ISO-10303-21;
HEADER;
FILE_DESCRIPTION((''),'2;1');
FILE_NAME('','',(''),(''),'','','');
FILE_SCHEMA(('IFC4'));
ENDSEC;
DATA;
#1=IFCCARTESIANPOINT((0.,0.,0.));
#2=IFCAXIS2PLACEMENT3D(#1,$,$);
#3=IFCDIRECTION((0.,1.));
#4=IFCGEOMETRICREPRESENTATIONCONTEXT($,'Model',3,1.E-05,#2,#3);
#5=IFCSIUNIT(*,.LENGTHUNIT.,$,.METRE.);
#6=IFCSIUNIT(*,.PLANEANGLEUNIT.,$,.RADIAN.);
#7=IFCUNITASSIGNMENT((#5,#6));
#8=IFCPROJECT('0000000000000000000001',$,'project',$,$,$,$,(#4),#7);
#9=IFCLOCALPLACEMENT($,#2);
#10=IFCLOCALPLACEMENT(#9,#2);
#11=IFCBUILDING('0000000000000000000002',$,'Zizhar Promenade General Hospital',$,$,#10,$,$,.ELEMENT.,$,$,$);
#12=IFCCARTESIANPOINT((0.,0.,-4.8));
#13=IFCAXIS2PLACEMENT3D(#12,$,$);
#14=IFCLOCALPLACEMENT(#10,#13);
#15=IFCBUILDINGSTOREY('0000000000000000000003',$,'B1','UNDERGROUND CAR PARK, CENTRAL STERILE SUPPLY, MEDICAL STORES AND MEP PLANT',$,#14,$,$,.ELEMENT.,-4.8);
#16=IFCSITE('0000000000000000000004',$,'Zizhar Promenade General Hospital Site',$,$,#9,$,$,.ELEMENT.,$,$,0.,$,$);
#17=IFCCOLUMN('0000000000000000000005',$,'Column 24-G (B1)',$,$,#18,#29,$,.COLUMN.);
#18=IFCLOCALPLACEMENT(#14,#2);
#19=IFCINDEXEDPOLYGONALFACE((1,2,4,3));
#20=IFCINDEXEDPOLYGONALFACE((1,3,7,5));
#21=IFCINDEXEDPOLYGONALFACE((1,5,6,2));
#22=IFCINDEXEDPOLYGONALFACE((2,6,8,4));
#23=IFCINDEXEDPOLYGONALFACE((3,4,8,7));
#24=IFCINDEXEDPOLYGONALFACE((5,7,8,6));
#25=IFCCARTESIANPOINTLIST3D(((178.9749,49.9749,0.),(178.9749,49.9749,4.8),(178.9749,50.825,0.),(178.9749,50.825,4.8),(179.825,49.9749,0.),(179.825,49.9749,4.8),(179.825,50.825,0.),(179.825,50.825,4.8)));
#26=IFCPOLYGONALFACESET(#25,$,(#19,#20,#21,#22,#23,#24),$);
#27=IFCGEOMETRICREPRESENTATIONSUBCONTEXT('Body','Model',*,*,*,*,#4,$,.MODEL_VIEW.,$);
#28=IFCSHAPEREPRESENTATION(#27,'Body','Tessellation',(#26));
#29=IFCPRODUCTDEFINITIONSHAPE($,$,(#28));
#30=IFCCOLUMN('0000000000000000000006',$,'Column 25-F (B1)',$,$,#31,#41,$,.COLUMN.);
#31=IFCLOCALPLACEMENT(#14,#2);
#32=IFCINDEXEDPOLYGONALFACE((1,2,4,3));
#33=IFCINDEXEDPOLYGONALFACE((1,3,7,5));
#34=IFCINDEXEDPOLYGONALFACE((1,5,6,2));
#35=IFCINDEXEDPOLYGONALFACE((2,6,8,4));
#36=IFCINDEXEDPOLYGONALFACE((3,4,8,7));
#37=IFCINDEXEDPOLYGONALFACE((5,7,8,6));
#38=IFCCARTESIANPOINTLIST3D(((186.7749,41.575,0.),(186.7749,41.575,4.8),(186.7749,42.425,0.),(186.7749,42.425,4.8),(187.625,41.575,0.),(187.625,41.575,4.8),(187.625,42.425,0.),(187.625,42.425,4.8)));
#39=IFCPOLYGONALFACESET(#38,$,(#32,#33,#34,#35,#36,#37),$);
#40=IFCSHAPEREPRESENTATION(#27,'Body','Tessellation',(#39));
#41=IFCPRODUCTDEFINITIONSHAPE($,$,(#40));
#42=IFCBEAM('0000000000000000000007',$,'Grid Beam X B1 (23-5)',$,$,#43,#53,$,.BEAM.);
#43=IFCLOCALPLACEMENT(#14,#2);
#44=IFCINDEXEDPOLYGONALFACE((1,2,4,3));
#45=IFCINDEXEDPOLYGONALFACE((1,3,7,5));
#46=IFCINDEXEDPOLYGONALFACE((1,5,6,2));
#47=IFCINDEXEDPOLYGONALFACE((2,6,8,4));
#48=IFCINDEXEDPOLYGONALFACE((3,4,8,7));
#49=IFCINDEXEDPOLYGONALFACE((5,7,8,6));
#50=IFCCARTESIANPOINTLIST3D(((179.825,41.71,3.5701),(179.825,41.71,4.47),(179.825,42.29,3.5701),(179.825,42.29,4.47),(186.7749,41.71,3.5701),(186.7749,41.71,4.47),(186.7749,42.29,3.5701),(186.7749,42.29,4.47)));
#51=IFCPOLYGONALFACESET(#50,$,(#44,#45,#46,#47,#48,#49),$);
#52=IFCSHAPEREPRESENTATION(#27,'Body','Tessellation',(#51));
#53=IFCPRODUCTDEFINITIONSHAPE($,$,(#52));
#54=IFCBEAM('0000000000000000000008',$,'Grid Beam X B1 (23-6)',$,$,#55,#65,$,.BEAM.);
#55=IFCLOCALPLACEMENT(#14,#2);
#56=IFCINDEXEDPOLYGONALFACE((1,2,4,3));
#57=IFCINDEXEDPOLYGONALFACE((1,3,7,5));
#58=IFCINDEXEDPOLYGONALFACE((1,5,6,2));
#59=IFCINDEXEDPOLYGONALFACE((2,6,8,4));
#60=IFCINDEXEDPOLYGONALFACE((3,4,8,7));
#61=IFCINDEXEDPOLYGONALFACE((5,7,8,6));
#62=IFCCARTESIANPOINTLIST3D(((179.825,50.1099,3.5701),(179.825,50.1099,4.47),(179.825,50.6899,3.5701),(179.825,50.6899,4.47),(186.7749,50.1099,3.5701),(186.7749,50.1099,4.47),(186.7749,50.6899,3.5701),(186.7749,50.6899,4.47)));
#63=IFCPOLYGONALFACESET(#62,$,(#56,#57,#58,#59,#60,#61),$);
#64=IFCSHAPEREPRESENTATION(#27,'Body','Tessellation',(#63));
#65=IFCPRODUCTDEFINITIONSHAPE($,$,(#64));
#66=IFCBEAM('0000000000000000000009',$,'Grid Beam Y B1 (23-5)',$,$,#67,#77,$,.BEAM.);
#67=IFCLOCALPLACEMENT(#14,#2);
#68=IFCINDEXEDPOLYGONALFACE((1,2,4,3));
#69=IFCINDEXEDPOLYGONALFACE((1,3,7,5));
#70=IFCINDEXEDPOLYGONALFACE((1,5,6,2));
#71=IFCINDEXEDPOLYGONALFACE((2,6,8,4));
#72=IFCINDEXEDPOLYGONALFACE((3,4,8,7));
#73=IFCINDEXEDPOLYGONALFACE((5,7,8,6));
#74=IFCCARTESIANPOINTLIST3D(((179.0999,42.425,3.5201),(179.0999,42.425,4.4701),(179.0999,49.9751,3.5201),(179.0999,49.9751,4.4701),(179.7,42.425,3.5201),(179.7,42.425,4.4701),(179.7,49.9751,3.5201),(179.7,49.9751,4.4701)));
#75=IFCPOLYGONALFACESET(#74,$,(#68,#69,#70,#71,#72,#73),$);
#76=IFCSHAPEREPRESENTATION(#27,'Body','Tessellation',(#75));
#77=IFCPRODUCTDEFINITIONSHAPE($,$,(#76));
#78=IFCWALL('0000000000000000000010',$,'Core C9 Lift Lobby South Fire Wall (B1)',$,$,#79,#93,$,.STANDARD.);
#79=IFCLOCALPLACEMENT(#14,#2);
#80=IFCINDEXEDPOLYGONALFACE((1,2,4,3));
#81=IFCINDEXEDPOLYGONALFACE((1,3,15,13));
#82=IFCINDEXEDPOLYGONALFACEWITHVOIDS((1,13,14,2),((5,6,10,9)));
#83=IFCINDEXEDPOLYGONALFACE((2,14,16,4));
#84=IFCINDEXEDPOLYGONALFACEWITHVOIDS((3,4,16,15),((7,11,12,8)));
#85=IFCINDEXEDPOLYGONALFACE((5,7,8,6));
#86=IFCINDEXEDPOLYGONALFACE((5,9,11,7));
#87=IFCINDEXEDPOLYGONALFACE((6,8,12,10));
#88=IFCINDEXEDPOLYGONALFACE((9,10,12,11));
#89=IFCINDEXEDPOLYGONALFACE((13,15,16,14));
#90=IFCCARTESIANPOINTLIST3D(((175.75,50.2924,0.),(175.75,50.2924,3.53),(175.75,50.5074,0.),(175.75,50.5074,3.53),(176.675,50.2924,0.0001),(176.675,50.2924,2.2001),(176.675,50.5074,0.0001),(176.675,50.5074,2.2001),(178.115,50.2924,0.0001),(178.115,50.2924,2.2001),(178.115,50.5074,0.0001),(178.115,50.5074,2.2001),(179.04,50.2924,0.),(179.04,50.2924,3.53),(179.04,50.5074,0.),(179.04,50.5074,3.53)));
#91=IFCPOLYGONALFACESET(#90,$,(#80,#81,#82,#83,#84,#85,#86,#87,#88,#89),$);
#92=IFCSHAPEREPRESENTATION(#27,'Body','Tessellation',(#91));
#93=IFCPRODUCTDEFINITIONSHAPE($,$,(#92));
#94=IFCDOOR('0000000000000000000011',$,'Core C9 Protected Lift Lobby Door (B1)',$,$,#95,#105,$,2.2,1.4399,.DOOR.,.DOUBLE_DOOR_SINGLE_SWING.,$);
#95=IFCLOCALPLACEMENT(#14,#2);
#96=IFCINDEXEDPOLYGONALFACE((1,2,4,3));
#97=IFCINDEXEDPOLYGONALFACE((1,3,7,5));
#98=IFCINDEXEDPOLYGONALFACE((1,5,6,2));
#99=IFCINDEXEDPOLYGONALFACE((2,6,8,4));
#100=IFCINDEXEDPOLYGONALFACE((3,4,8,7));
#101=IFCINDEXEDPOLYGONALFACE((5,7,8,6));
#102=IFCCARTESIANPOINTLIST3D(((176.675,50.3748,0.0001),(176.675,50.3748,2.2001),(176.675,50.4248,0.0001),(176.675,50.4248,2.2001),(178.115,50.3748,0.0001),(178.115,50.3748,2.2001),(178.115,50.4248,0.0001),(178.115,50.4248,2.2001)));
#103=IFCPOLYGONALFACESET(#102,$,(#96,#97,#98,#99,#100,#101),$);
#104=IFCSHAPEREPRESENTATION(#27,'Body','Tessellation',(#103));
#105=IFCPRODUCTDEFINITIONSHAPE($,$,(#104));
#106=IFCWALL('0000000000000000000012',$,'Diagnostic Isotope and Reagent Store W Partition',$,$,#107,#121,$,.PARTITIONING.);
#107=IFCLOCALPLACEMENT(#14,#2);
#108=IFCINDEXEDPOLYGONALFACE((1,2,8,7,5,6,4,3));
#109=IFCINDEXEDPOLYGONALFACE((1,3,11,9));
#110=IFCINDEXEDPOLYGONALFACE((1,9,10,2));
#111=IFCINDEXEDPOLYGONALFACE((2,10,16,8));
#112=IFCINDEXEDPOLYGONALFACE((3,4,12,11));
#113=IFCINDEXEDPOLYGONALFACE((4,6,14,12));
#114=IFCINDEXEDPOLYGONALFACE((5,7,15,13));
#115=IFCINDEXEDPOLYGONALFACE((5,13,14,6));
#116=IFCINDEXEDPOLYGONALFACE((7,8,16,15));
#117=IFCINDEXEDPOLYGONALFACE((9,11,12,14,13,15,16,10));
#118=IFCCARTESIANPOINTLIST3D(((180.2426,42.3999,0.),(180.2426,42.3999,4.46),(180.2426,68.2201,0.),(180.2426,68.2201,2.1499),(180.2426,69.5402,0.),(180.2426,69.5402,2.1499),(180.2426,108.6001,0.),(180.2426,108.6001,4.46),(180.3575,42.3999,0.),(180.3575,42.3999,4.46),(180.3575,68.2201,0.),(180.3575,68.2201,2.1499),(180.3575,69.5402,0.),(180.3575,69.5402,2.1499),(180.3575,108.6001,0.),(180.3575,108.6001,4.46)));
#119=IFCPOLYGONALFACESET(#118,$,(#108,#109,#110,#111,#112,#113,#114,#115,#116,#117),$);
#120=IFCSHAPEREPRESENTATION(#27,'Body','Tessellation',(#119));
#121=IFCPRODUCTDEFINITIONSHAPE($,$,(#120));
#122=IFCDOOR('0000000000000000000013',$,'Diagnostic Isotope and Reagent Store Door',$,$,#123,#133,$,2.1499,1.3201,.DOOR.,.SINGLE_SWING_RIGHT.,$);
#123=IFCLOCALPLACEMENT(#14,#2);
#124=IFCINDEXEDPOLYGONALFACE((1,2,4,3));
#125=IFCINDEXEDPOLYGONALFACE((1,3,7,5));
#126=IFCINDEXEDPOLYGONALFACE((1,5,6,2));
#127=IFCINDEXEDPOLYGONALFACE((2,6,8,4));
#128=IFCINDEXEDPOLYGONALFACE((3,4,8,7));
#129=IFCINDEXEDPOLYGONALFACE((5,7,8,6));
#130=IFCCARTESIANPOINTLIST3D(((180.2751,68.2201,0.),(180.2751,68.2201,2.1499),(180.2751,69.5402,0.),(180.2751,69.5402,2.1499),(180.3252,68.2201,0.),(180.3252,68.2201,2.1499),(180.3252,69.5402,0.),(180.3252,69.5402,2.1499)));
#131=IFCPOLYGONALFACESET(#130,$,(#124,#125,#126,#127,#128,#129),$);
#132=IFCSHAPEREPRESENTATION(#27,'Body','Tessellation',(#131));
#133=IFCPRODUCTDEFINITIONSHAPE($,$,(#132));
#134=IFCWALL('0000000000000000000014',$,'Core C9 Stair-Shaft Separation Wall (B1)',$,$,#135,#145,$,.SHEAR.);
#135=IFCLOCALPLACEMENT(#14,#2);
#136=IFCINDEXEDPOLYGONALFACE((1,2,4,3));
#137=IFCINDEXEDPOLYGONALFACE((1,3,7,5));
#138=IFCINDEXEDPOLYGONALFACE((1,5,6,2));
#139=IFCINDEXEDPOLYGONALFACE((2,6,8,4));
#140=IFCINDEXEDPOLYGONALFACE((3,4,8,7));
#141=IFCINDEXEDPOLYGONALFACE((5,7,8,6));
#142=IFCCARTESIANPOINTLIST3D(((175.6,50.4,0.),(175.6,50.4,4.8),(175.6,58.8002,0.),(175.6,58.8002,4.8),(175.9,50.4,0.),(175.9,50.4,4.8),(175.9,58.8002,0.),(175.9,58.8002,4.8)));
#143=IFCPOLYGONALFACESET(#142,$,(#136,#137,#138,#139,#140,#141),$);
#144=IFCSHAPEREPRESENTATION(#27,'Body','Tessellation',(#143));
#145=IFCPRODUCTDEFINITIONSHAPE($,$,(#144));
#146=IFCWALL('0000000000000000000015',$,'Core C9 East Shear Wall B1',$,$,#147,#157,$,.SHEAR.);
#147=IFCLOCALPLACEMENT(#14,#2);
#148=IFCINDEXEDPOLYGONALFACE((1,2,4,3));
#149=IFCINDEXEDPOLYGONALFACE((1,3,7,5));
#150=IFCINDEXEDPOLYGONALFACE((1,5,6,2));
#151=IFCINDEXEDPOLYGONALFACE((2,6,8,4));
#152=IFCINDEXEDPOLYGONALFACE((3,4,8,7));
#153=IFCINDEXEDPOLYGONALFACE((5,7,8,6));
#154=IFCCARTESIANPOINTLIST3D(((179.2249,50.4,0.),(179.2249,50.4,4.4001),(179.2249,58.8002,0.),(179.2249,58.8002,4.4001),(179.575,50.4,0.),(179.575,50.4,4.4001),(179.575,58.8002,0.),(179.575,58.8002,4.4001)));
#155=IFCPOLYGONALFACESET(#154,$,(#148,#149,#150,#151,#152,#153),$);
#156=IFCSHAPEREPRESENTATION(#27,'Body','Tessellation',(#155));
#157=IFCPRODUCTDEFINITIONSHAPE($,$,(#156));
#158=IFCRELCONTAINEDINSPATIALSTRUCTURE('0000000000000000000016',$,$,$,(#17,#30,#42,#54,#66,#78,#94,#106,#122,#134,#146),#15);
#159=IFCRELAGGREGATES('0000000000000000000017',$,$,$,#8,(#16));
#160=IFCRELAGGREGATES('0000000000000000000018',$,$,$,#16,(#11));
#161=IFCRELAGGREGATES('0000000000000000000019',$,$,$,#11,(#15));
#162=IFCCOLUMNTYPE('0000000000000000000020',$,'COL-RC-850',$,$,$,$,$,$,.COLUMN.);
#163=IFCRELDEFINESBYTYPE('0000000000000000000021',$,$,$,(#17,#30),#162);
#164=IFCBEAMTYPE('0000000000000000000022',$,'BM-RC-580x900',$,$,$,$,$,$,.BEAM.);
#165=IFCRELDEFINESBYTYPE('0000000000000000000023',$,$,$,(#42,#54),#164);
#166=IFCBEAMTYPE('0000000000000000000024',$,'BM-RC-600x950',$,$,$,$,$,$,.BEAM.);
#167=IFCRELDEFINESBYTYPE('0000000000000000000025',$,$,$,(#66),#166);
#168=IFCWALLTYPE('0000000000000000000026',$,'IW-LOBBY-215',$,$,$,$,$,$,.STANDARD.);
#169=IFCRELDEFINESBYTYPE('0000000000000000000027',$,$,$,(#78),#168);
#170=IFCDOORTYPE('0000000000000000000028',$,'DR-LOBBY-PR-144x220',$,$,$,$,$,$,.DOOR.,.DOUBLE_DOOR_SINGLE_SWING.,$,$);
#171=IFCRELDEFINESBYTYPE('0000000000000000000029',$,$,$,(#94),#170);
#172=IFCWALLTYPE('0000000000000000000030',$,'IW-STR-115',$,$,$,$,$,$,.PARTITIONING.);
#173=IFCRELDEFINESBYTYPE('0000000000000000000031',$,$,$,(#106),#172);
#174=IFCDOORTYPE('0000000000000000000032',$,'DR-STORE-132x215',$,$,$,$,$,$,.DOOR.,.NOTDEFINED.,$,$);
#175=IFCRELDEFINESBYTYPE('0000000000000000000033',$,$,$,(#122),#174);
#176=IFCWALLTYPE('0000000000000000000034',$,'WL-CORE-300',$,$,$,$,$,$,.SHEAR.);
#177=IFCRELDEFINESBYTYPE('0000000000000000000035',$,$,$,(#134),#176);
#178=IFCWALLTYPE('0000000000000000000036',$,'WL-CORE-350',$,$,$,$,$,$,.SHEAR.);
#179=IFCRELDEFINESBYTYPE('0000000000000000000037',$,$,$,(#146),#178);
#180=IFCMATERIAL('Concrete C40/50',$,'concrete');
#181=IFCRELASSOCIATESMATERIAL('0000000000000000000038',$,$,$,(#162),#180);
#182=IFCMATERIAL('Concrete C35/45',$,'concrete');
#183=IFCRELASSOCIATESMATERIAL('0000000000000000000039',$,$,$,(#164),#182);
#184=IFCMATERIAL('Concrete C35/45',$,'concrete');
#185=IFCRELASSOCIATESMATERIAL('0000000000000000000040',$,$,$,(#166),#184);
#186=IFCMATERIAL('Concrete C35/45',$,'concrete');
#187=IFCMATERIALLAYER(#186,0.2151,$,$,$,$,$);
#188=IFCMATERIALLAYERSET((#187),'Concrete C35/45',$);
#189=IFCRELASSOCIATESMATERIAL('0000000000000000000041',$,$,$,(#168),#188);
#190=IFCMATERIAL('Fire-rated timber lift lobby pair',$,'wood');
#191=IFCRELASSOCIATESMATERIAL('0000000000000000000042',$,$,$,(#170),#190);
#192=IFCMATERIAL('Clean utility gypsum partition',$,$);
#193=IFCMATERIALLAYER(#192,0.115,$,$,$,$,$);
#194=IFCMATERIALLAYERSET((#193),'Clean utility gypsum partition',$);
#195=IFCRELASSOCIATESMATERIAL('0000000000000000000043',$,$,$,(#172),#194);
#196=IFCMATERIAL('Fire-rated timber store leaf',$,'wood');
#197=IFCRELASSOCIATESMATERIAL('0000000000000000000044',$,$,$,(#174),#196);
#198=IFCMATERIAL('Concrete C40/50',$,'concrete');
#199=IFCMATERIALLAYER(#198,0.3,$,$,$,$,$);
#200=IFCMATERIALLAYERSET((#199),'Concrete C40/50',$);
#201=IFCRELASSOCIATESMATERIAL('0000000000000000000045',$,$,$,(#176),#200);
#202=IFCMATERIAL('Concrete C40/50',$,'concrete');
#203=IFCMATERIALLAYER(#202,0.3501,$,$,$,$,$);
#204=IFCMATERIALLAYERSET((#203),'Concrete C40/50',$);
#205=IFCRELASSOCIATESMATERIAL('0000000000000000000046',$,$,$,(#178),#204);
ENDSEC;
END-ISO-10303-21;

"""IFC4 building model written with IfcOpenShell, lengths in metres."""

from ifc_helpers import new_model, si_unit, direction, frame, frame_2d, origin, origin_2d, place, context, subcontext, project, spatial, rectangle, extrude, material, layer, layer_set, material_profile, profile_set, type_object, element, fill, save


model = new_model("IFC4")

# Units and contexts
model_context = context("Model", 3, precision=1e-05, world=origin(), true_north=direction((0.0, 1.0)))
body_context = subcontext(model_context, "Body", "Model", "MODEL_VIEW")
ifc_project = project(units=[si_unit("LENGTHUNIT", "METRE"), si_unit("PLANEANGLEUNIT", "RADIAN")], contexts=[model_context])

# Site, building, storey
site_placement = place(None, origin())
site = spatial("IfcSite", under=ifc_project, at=site_placement, Name="Zizhar Promenade General Hospital Site", CompositionType="ELEMENT", RefElevation=0.0)
building_placement = place(site_placement, origin())
building = spatial("IfcBuilding", under=site, at=building_placement, Name="Zizhar Promenade General Hospital", CompositionType="ELEMENT")
storey_placement = place(building_placement, frame((0.0, 0.0, -4.8)))
storey = spatial("IfcBuildingStorey", under=building, at=storey_placement, Name="B1", Description="UNDERGROUND CAR PARK, CENTRAL STERILE SUPPLY, MEDICAL STORES AND MEP PLANT", CompositionType="ELEMENT", Elevation=-4.8)

# Columns
ifc_material_1 = material(Name="Concrete C40/50", Category="concrete")
ifc_material_profile_1 = material_profile(ifc_material_1, rectangle(XDim=0.8501, YDim=0.8501, at=origin_2d()))
ifc_profile_set_1 = profile_set([ifc_material_profile_1], Name="Concrete C40/50")
column_type = type_object("IfcColumnType", Name="COL-RC-850", PredefinedType="COLUMN", material=ifc_profile_set_1)
for number, where, z_axis, x_axis, name in (
    (1, (179.3999, 50.3999, 0.0), (0.0, 0.0, 1.0), (1.0, 0.0, 0.0), "Column 24-G (B1)"),
    (2, (187.2, 42.0, 0.0), (0.0, 0.0, 1.0), (1.0, 0.0, 0.0), "Column 25-F (B1)"),
):
    element("IfcColumn", number, at=place(storey_placement, frame(where, z_axis=z_axis, x_axis=x_axis)), inside=storey, type_object=column_type, Name=name, PredefinedType="COLUMN", context=body_context, shape_type="SweptSolid", body=[
        extrude(rectangle(XDim=0.8501, YDim=0.8501, at=origin_2d()), origin(), (0.0, 0.0, 1.0), 4.8),
    ])

# Beams
ifc_material_2 = material(Name="Concrete C35/45", Category="concrete")
ifc_material_profile_2 = material_profile(ifc_material_2, rectangle(XDim=0.5801, YDim=0.8999, at=origin_2d()))
ifc_profile_set_2 = profile_set([ifc_material_profile_2], Name="Concrete C35/45")
beam_type_1 = type_object("IfcBeamType", Name="BM-RC-580x900", PredefinedType="BEAM", material=ifc_profile_set_2)
for number, where, z_axis, x_axis, name in (
    (3, (179.825, 42.0, 4.02), (1.0, 0.0, 0.0), (0.0, 1.0, 0.0), "Grid Beam X B1 (23-5)"),
    (4, (179.825, 50.3999, 4.02), (1.0, 0.0, 0.0), (0.0, 1.0, 0.0), "Grid Beam X B1 (23-6)"),
):
    element("IfcBeam", number, at=place(storey_placement, frame(where, z_axis=z_axis, x_axis=x_axis)), inside=storey, type_object=beam_type_1, Name=name, PredefinedType="BEAM", context=body_context, shape_type="SweptSolid", body=[
        extrude(rectangle(XDim=0.5801, YDim=0.8999, at=origin_2d()), origin(), (0.0, 0.0, 1.0), 6.95),
    ])
ifc_material_3 = material(Name="Concrete C35/45", Category="concrete")
ifc_material_profile_3 = material_profile(ifc_material_3, rectangle(XDim=0.6001, YDim=0.95, at=origin_2d()))
ifc_profile_set_3 = profile_set([ifc_material_profile_3], Name="Concrete C35/45")
beam_type_2 = type_object("IfcBeamType", Name="BM-RC-600x950", PredefinedType="BEAM", material=ifc_profile_set_3)
beam_placement = place(storey_placement, frame((179.3999, 42.425, 3.9951), z_axis=(0.0, 1.0, 0.0), x_axis=(-1.0, 0.0, 0.0)))
element("IfcBeam", 5, at=beam_placement, inside=storey, type_object=beam_type_2, Name="Grid Beam Y B1 (23-5)", PredefinedType="BEAM", context=body_context, shape_type="SweptSolid", body=[
    extrude(rectangle(XDim=0.6001, YDim=0.95, at=origin_2d()), origin(), (0.0, 0.0, 1.0), 7.55),
])

# Walls, openings, doors
ifc_material_4 = material(Name="Concrete C35/45", Category="concrete")
ifc_layer_1 = layer(ifc_material_4, 0.2151)
ifc_layer_set_1 = layer_set([ifc_layer_1], Name="Concrete C35/45")
wall_type_1 = type_object("IfcWallType", Name="IW-LOBBY-215", PredefinedType="STANDARD", material=ifc_layer_set_1)
wall_1_placement = place(storey_placement, frame((175.75, 50.3999, 0.0), z_axis=(0.0, 0.0, 1.0), x_axis=(1.0, 0.0, 0.0)))
wall_1 = element("IfcWall", 6, at=wall_1_placement, inside=storey, type_object=wall_type_1, Name="Core C9 Lift Lobby South Fire Wall (B1)", PredefinedType="STANDARD", context=body_context, shape_type="SweptSolid", body=[
    extrude(rectangle(XDim=3.29, YDim=0.2151, at=frame_2d((1.645, 0.0))), origin(), (0.0, 0.0, 1.0), 3.53),
])
opening_1_placement = place(wall_1_placement, frame((0.925, 0.0, 0.0)))
opening_1 = element("IfcOpeningElement", 7, at=opening_1_placement, cuts=wall_1, PredefinedType="OPENING", context=body_context, shape_type="SweptSolid", body=[
    extrude(rectangle(XDim=1.4399, YDim=2.2, at=frame_2d((0.72, 1.1001))), frame((0.0, 0.1177, 0.0), z_axis=(0.0, -1.0, 0.0), x_axis=(1.0, 0.0, 0.0)), (0.0, 0.0, 1.0), 0.2351),
])
ifc_material_5 = material(Name="Fire-rated timber lift lobby pair", Category="wood")
door_type_1 = type_object("IfcDoorType", Name="DR-LOBBY-PR-144x220", OperationType="DOUBLE_DOOR_SINGLE_SWING", PredefinedType="DOOR", material=ifc_material_5)
door_1_placement = place(opening_1_placement, origin())
door_1 = element("IfcDoor", 8, at=door_1_placement, inside=storey, type_object=door_type_1, Name="Core C9 Protected Lift Lobby Door (B1)", OperationType="DOUBLE_DOOR_SINGLE_SWING", OverallHeight=2.2, OverallWidth=1.4399, PredefinedType="DOOR", context=body_context, shape_type="SweptSolid", body=[
    extrude(rectangle(XDim=1.4399, YDim=2.2, at=frame_2d((0.72, 1.1001))), frame((0.0, 0.0249, 0.0), z_axis=(0.0, -1.0, 0.0), x_axis=(1.0, 0.0, 0.0)), (0.0, 0.0, 1.0), 0.05),
])
fill(opening_1, door_1)
ifc_material_6 = material(Name="Clean utility gypsum partition")
ifc_layer_2 = layer(ifc_material_6, 0.115)
ifc_layer_set_2 = layer_set([ifc_layer_2], Name="Clean utility gypsum partition")
wall_type_2 = type_object("IfcWallType", Name="IW-STR-115", PredefinedType="PARTITIONING", material=ifc_layer_set_2)
wall_2_placement = place(storey_placement, frame((180.3, 42.3999, 0.0), z_axis=(0.0, 0.0, 1.0), x_axis=(0.0, 1.0, 0.0)))
wall_2 = element("IfcWall", 9, at=wall_2_placement, inside=storey, type_object=wall_type_2, Name="Diagnostic Isotope and Reagent Store W Partition", PredefinedType="PARTITIONING", context=body_context, shape_type="SweptSolid", body=[
    extrude(rectangle(XDim=66.2002, YDim=0.115, at=frame_2d((33.1001, 0.0))), origin(), (0.0, 0.0, 1.0), 4.46),
])
opening_2_placement = place(wall_2_placement, frame((25.8201, 0.0, 0.0)))
opening_2 = element("IfcOpeningElement", 10, at=opening_2_placement, cuts=wall_2, PredefinedType="OPENING", context=body_context, shape_type="SweptSolid", body=[
    extrude(rectangle(XDim=1.3201, YDim=2.1499, at=frame_2d((0.6602, 1.075))), frame((0.0, 0.0674, 0.0), z_axis=(0.0, -1.0, 0.0), x_axis=(1.0, 0.0, 0.0)), (0.0, 0.0, 1.0), 0.135),
])
ifc_material_7 = material(Name="Fire-rated timber store leaf", Category="wood")
door_type_2 = type_object("IfcDoorType", Name="DR-STORE-132x215", OperationType="NOTDEFINED", PredefinedType="DOOR", material=ifc_material_7)
door_2_placement = place(opening_2_placement, origin())
door_2 = element("IfcDoor", 11, at=door_2_placement, inside=storey, type_object=door_type_2, Name="Diagnostic Isotope and Reagent Store Door", OperationType="SINGLE_SWING_RIGHT", OverallHeight=2.1499, OverallWidth=1.3201, PredefinedType="DOOR", context=body_context, shape_type="SweptSolid", body=[
    extrude(rectangle(XDim=1.3201, YDim=2.1499, at=frame_2d((0.6602, 1.075))), frame((0.0, 0.0249, 0.0), z_axis=(0.0, -1.0, 0.0), x_axis=(1.0, 0.0, 0.0)), (0.0, 0.0, 1.0), 0.05),
])
fill(opening_2, door_2)

# Walls
ifc_material_8 = material(Name="Concrete C40/50", Category="concrete")
ifc_layer_3 = layer(ifc_material_8, 0.3)
ifc_layer_set_3 = layer_set([ifc_layer_3], Name="Concrete C40/50")
wall_type_3 = type_object("IfcWallType", Name="WL-CORE-300", PredefinedType="SHEAR", material=ifc_layer_set_3)
wall_3_placement = place(storey_placement, frame((175.75, 50.3999, 0.0), z_axis=(0.0, 0.0, 1.0), x_axis=(0.0, 1.0, 0.0)))
element("IfcWall", 12, at=wall_3_placement, inside=storey, type_object=wall_type_3, Name="Core C9 Stair-Shaft Separation Wall (B1)", PredefinedType="SHEAR", context=body_context, shape_type="SweptSolid", body=[
    extrude(rectangle(XDim=8.4001, YDim=0.3, at=frame_2d((4.2002, 0.0))), origin(), (0.0, 0.0, 1.0), 4.8),
])
ifc_material_9 = material(Name="Concrete C40/50", Category="concrete")
ifc_layer_4 = layer(ifc_material_9, 0.3501)
ifc_layer_set_4 = layer_set([ifc_layer_4], Name="Concrete C40/50")
wall_type_4 = type_object("IfcWallType", Name="WL-CORE-350", PredefinedType="SHEAR", material=ifc_layer_set_4)
wall_4_placement = place(storey_placement, frame((179.3999, 50.3999, 0.0), z_axis=(0.0, 0.0, 1.0), x_axis=(0.0, 1.0, 0.0)))
element("IfcWall", 13, at=wall_4_placement, inside=storey, type_object=wall_type_4, Name="Core C9 East Shear Wall B1", PredefinedType="SHEAR", context=body_context, shape_type="SweptSolid", body=[
    extrude(rectangle(XDim=8.4001, YDim=0.3501, at=frame_2d((4.2002, 0.0))), origin(), (0.0, 0.0, 1.0), 4.4001),
])

save(model, "model.ifc")
